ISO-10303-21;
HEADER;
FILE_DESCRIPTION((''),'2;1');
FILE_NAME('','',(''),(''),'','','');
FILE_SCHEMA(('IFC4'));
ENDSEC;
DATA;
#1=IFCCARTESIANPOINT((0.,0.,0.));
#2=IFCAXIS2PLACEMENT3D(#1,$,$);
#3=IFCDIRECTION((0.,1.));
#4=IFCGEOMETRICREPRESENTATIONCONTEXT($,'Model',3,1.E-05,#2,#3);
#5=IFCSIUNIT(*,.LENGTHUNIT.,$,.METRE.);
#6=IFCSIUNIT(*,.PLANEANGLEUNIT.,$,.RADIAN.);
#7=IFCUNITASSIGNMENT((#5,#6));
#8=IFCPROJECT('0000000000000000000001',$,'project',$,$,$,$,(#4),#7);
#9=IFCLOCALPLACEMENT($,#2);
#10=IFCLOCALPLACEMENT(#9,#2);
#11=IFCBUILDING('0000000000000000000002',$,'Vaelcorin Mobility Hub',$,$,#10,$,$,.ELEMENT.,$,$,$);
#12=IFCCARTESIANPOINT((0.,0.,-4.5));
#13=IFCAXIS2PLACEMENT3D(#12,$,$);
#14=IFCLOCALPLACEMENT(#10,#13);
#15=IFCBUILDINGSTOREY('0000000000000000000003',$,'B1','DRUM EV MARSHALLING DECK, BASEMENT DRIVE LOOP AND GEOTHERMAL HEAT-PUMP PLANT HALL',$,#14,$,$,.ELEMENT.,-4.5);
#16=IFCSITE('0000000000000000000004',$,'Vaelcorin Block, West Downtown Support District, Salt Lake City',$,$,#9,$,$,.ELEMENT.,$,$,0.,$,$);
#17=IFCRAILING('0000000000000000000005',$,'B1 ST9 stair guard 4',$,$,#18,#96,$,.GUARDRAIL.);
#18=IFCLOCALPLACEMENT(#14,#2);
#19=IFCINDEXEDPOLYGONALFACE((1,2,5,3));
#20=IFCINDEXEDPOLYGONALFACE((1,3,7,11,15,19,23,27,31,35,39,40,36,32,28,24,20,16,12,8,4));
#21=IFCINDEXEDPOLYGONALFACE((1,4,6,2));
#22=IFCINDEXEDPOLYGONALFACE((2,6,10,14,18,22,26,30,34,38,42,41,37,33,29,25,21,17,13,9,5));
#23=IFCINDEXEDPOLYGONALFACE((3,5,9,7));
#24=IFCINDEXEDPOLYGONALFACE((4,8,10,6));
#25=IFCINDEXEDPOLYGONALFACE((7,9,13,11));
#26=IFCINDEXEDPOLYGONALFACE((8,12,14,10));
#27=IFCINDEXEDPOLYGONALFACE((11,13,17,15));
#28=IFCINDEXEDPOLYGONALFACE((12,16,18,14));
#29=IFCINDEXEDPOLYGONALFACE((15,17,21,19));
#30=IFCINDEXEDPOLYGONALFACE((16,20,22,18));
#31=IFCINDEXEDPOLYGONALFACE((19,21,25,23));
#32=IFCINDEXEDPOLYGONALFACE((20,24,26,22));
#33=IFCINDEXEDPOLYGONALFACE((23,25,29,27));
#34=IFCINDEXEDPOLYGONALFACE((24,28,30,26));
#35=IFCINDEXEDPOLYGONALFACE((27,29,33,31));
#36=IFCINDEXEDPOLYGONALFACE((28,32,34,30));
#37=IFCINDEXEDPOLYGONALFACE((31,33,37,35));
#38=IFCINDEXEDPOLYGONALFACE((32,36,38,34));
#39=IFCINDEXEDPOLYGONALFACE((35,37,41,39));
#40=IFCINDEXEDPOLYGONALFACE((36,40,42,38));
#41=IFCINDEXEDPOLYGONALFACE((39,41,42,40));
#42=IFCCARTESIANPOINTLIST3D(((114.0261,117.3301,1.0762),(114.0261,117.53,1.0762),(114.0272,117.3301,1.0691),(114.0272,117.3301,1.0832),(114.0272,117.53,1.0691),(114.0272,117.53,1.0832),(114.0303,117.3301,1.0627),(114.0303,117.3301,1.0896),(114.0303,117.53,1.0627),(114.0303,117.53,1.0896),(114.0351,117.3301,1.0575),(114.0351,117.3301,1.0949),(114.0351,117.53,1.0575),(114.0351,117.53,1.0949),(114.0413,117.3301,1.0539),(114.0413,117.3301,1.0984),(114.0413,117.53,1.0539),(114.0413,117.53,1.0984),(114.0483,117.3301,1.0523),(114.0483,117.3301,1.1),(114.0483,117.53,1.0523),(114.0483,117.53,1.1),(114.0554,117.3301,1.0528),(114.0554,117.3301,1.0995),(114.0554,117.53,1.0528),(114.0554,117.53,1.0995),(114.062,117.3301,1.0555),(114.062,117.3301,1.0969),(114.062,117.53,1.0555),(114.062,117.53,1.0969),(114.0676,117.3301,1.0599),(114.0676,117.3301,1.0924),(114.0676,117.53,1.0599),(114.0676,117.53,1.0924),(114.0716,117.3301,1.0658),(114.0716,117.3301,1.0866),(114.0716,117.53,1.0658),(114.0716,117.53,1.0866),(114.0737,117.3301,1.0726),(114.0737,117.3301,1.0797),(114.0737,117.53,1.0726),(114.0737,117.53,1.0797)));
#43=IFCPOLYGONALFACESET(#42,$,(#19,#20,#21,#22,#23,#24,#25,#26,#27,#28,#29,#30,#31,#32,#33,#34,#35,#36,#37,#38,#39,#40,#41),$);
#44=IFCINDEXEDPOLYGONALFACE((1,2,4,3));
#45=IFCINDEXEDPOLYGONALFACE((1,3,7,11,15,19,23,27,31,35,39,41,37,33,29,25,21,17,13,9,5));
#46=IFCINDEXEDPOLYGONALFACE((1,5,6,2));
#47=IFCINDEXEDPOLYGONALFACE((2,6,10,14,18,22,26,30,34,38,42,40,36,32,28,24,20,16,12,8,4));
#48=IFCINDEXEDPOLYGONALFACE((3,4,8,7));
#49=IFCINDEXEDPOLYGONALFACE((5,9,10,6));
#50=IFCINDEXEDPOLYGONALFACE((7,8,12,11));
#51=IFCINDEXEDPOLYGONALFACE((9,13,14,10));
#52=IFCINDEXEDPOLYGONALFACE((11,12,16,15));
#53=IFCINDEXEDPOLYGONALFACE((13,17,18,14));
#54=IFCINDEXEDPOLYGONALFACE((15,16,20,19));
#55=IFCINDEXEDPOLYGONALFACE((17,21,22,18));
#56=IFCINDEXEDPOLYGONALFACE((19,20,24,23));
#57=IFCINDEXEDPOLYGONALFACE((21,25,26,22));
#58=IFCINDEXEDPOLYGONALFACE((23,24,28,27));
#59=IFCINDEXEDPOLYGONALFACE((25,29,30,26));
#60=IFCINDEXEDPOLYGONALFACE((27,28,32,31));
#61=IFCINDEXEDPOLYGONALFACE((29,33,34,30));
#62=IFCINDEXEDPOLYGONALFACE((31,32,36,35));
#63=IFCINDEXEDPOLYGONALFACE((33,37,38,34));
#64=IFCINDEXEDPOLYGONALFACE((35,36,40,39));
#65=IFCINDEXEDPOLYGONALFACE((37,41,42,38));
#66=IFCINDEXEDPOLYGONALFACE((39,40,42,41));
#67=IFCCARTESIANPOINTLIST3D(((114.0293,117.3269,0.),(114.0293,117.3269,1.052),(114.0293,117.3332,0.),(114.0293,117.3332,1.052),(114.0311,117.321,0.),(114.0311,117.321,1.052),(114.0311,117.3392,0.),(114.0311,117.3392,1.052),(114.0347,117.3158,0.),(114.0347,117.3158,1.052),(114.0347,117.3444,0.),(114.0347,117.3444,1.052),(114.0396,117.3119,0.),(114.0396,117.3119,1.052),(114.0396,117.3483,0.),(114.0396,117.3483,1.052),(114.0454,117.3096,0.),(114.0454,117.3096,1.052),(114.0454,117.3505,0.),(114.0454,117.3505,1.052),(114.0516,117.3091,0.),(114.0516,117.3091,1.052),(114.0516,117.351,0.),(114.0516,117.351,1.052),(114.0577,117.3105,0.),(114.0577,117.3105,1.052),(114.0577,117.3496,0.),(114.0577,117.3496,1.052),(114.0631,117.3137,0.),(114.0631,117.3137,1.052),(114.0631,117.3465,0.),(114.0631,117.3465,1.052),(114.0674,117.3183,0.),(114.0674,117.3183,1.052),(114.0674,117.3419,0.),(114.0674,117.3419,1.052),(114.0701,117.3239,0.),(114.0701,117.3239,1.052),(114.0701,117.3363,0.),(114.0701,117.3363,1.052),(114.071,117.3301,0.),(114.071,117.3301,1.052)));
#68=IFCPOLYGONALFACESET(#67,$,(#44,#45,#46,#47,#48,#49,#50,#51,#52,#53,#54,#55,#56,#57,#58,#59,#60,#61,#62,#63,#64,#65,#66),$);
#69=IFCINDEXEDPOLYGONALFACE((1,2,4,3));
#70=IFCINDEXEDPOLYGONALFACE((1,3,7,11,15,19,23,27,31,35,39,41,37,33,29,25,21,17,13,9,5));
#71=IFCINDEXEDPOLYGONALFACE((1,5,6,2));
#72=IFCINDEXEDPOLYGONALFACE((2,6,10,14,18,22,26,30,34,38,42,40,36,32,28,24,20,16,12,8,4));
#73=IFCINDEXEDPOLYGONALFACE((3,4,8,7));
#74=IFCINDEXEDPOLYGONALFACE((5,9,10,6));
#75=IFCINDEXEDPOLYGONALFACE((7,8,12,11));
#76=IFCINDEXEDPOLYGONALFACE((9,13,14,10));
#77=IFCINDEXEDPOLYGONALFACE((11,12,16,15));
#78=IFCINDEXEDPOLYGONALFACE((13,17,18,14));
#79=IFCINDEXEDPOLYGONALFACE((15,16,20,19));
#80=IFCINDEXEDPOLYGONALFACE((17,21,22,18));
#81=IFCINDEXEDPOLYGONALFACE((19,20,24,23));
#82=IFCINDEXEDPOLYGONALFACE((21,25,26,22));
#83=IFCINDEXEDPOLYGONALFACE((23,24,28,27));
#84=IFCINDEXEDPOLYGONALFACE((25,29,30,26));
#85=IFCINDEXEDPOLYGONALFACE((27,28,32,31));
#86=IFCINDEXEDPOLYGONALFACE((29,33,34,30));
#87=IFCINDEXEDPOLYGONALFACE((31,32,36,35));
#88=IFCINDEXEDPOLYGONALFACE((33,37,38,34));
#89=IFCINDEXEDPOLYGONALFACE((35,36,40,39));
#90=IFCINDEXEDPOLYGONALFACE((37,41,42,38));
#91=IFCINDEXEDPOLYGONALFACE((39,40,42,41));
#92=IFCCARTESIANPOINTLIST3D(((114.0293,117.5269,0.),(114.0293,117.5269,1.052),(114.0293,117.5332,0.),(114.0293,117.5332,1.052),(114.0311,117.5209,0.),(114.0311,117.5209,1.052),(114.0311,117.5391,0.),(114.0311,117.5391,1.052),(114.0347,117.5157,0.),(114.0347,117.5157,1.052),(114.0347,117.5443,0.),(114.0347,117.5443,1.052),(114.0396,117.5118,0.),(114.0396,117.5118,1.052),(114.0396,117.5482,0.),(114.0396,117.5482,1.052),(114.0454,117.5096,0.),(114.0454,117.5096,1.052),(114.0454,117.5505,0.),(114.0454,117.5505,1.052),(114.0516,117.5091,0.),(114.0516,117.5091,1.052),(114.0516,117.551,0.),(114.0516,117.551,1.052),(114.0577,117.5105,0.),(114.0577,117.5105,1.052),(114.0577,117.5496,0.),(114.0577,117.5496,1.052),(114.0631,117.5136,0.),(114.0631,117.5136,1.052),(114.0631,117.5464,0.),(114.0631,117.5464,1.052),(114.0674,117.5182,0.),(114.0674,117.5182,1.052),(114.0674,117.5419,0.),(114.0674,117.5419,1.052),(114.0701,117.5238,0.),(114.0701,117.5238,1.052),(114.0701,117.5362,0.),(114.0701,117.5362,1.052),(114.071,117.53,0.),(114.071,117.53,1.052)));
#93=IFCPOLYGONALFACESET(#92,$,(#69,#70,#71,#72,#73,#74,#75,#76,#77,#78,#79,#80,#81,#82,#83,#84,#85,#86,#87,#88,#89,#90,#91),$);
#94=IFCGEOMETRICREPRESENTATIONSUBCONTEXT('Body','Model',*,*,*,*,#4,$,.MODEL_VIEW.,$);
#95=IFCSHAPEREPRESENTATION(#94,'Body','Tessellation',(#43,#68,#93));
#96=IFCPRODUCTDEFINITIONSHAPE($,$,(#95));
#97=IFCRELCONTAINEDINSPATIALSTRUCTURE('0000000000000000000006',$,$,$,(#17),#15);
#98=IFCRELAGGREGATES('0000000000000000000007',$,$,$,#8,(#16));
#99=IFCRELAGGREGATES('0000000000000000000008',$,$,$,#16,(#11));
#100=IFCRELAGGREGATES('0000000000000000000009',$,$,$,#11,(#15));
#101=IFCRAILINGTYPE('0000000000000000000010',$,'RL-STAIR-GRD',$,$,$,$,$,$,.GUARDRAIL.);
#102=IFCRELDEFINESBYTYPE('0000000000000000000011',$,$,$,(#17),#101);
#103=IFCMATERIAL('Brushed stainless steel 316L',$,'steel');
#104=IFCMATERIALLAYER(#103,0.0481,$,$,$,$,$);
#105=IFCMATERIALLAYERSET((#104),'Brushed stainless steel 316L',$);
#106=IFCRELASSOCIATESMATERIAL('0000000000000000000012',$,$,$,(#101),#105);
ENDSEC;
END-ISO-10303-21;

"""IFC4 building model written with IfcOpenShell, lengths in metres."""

from ifc_helpers import new_model, si_unit, direction, frame, origin, origin_2d, place, context, subcontext, project, spatial, circle, extrude, material, layer, layer_set, type_object, element, save


model = new_model("IFC4")

# Units and contexts
model_context = context("Model", 3, precision=1e-05, world=origin(), true_north=direction((0.0, 1.0)))
body_context = subcontext(model_context, "Body", "Model", "MODEL_VIEW")
ifc_project = project(units=[si_unit("LENGTHUNIT", "METRE"), si_unit("PLANEANGLEUNIT", "RADIAN")], contexts=[model_context])

# Site, building, storey
site_placement = place(None, origin())
site = spatial("IfcSite", under=ifc_project, at=site_placement, Name="Vaelcorin Block, West Downtown Support District, Salt Lake City", CompositionType="ELEMENT", RefElevation=0.0)
building_placement = place(site_placement, origin())
building = spatial("IfcBuilding", under=site, at=building_placement, Name="Vaelcorin Mobility Hub", CompositionType="ELEMENT")
storey_placement = place(building_placement, frame((0.0, 0.0, -4.5)))
storey = spatial("IfcBuildingStorey", under=building, at=storey_placement, Name="B1", Description="DRUM EV MARSHALLING DECK, BASEMENT DRIVE LOOP AND GEOTHERMAL HEAT-PUMP PLANT HALL", CompositionType="ELEMENT", Elevation=-4.5)

# Railing
ifc_material_1 = material(Name="Brushed stainless steel 316L", Category="steel")
ifc_layer_1 = layer(ifc_material_1, 0.0481)
ifc_layer_set_1 = layer_set([ifc_layer_1], Name="Brushed stainless steel 316L")
railing_type_1 = type_object("IfcRailingType", Name="RL-STAIR-GRD", PredefinedType="GUARDRAIL", material=ifc_layer_set_1)
railing_1_placement = place(storey_placement, frame((114.05, 117.3301, 0.0)))
element("IfcRailing", 1, at=railing_1_placement, inside=storey, type_object=railing_type_1, Name="B1 ST9 stair guard 4", PredefinedType="GUARDRAIL", context=body_context, shape_type="SweptSolid", body=[
    extrude(circle(Radius=0.0239, at=origin_2d()), frame((0.0, 0.0, 1.0762), z_axis=(0.0, 1.0, 0.0), x_axis=(-1.0, 0.0, 0.0)), (0.0, 0.0, 1.0), 0.2),
    extrude(circle(Radius=0.021, at=origin_2d()), origin(), (0.0, 0.0, 1.0), 1.052),
    extrude(circle(Radius=0.021, at=origin_2d()), frame((0.0, 0.2, 0.0)), (0.0, 0.0, 1.0), 1.052),
])

save(model, "model.ifc")
